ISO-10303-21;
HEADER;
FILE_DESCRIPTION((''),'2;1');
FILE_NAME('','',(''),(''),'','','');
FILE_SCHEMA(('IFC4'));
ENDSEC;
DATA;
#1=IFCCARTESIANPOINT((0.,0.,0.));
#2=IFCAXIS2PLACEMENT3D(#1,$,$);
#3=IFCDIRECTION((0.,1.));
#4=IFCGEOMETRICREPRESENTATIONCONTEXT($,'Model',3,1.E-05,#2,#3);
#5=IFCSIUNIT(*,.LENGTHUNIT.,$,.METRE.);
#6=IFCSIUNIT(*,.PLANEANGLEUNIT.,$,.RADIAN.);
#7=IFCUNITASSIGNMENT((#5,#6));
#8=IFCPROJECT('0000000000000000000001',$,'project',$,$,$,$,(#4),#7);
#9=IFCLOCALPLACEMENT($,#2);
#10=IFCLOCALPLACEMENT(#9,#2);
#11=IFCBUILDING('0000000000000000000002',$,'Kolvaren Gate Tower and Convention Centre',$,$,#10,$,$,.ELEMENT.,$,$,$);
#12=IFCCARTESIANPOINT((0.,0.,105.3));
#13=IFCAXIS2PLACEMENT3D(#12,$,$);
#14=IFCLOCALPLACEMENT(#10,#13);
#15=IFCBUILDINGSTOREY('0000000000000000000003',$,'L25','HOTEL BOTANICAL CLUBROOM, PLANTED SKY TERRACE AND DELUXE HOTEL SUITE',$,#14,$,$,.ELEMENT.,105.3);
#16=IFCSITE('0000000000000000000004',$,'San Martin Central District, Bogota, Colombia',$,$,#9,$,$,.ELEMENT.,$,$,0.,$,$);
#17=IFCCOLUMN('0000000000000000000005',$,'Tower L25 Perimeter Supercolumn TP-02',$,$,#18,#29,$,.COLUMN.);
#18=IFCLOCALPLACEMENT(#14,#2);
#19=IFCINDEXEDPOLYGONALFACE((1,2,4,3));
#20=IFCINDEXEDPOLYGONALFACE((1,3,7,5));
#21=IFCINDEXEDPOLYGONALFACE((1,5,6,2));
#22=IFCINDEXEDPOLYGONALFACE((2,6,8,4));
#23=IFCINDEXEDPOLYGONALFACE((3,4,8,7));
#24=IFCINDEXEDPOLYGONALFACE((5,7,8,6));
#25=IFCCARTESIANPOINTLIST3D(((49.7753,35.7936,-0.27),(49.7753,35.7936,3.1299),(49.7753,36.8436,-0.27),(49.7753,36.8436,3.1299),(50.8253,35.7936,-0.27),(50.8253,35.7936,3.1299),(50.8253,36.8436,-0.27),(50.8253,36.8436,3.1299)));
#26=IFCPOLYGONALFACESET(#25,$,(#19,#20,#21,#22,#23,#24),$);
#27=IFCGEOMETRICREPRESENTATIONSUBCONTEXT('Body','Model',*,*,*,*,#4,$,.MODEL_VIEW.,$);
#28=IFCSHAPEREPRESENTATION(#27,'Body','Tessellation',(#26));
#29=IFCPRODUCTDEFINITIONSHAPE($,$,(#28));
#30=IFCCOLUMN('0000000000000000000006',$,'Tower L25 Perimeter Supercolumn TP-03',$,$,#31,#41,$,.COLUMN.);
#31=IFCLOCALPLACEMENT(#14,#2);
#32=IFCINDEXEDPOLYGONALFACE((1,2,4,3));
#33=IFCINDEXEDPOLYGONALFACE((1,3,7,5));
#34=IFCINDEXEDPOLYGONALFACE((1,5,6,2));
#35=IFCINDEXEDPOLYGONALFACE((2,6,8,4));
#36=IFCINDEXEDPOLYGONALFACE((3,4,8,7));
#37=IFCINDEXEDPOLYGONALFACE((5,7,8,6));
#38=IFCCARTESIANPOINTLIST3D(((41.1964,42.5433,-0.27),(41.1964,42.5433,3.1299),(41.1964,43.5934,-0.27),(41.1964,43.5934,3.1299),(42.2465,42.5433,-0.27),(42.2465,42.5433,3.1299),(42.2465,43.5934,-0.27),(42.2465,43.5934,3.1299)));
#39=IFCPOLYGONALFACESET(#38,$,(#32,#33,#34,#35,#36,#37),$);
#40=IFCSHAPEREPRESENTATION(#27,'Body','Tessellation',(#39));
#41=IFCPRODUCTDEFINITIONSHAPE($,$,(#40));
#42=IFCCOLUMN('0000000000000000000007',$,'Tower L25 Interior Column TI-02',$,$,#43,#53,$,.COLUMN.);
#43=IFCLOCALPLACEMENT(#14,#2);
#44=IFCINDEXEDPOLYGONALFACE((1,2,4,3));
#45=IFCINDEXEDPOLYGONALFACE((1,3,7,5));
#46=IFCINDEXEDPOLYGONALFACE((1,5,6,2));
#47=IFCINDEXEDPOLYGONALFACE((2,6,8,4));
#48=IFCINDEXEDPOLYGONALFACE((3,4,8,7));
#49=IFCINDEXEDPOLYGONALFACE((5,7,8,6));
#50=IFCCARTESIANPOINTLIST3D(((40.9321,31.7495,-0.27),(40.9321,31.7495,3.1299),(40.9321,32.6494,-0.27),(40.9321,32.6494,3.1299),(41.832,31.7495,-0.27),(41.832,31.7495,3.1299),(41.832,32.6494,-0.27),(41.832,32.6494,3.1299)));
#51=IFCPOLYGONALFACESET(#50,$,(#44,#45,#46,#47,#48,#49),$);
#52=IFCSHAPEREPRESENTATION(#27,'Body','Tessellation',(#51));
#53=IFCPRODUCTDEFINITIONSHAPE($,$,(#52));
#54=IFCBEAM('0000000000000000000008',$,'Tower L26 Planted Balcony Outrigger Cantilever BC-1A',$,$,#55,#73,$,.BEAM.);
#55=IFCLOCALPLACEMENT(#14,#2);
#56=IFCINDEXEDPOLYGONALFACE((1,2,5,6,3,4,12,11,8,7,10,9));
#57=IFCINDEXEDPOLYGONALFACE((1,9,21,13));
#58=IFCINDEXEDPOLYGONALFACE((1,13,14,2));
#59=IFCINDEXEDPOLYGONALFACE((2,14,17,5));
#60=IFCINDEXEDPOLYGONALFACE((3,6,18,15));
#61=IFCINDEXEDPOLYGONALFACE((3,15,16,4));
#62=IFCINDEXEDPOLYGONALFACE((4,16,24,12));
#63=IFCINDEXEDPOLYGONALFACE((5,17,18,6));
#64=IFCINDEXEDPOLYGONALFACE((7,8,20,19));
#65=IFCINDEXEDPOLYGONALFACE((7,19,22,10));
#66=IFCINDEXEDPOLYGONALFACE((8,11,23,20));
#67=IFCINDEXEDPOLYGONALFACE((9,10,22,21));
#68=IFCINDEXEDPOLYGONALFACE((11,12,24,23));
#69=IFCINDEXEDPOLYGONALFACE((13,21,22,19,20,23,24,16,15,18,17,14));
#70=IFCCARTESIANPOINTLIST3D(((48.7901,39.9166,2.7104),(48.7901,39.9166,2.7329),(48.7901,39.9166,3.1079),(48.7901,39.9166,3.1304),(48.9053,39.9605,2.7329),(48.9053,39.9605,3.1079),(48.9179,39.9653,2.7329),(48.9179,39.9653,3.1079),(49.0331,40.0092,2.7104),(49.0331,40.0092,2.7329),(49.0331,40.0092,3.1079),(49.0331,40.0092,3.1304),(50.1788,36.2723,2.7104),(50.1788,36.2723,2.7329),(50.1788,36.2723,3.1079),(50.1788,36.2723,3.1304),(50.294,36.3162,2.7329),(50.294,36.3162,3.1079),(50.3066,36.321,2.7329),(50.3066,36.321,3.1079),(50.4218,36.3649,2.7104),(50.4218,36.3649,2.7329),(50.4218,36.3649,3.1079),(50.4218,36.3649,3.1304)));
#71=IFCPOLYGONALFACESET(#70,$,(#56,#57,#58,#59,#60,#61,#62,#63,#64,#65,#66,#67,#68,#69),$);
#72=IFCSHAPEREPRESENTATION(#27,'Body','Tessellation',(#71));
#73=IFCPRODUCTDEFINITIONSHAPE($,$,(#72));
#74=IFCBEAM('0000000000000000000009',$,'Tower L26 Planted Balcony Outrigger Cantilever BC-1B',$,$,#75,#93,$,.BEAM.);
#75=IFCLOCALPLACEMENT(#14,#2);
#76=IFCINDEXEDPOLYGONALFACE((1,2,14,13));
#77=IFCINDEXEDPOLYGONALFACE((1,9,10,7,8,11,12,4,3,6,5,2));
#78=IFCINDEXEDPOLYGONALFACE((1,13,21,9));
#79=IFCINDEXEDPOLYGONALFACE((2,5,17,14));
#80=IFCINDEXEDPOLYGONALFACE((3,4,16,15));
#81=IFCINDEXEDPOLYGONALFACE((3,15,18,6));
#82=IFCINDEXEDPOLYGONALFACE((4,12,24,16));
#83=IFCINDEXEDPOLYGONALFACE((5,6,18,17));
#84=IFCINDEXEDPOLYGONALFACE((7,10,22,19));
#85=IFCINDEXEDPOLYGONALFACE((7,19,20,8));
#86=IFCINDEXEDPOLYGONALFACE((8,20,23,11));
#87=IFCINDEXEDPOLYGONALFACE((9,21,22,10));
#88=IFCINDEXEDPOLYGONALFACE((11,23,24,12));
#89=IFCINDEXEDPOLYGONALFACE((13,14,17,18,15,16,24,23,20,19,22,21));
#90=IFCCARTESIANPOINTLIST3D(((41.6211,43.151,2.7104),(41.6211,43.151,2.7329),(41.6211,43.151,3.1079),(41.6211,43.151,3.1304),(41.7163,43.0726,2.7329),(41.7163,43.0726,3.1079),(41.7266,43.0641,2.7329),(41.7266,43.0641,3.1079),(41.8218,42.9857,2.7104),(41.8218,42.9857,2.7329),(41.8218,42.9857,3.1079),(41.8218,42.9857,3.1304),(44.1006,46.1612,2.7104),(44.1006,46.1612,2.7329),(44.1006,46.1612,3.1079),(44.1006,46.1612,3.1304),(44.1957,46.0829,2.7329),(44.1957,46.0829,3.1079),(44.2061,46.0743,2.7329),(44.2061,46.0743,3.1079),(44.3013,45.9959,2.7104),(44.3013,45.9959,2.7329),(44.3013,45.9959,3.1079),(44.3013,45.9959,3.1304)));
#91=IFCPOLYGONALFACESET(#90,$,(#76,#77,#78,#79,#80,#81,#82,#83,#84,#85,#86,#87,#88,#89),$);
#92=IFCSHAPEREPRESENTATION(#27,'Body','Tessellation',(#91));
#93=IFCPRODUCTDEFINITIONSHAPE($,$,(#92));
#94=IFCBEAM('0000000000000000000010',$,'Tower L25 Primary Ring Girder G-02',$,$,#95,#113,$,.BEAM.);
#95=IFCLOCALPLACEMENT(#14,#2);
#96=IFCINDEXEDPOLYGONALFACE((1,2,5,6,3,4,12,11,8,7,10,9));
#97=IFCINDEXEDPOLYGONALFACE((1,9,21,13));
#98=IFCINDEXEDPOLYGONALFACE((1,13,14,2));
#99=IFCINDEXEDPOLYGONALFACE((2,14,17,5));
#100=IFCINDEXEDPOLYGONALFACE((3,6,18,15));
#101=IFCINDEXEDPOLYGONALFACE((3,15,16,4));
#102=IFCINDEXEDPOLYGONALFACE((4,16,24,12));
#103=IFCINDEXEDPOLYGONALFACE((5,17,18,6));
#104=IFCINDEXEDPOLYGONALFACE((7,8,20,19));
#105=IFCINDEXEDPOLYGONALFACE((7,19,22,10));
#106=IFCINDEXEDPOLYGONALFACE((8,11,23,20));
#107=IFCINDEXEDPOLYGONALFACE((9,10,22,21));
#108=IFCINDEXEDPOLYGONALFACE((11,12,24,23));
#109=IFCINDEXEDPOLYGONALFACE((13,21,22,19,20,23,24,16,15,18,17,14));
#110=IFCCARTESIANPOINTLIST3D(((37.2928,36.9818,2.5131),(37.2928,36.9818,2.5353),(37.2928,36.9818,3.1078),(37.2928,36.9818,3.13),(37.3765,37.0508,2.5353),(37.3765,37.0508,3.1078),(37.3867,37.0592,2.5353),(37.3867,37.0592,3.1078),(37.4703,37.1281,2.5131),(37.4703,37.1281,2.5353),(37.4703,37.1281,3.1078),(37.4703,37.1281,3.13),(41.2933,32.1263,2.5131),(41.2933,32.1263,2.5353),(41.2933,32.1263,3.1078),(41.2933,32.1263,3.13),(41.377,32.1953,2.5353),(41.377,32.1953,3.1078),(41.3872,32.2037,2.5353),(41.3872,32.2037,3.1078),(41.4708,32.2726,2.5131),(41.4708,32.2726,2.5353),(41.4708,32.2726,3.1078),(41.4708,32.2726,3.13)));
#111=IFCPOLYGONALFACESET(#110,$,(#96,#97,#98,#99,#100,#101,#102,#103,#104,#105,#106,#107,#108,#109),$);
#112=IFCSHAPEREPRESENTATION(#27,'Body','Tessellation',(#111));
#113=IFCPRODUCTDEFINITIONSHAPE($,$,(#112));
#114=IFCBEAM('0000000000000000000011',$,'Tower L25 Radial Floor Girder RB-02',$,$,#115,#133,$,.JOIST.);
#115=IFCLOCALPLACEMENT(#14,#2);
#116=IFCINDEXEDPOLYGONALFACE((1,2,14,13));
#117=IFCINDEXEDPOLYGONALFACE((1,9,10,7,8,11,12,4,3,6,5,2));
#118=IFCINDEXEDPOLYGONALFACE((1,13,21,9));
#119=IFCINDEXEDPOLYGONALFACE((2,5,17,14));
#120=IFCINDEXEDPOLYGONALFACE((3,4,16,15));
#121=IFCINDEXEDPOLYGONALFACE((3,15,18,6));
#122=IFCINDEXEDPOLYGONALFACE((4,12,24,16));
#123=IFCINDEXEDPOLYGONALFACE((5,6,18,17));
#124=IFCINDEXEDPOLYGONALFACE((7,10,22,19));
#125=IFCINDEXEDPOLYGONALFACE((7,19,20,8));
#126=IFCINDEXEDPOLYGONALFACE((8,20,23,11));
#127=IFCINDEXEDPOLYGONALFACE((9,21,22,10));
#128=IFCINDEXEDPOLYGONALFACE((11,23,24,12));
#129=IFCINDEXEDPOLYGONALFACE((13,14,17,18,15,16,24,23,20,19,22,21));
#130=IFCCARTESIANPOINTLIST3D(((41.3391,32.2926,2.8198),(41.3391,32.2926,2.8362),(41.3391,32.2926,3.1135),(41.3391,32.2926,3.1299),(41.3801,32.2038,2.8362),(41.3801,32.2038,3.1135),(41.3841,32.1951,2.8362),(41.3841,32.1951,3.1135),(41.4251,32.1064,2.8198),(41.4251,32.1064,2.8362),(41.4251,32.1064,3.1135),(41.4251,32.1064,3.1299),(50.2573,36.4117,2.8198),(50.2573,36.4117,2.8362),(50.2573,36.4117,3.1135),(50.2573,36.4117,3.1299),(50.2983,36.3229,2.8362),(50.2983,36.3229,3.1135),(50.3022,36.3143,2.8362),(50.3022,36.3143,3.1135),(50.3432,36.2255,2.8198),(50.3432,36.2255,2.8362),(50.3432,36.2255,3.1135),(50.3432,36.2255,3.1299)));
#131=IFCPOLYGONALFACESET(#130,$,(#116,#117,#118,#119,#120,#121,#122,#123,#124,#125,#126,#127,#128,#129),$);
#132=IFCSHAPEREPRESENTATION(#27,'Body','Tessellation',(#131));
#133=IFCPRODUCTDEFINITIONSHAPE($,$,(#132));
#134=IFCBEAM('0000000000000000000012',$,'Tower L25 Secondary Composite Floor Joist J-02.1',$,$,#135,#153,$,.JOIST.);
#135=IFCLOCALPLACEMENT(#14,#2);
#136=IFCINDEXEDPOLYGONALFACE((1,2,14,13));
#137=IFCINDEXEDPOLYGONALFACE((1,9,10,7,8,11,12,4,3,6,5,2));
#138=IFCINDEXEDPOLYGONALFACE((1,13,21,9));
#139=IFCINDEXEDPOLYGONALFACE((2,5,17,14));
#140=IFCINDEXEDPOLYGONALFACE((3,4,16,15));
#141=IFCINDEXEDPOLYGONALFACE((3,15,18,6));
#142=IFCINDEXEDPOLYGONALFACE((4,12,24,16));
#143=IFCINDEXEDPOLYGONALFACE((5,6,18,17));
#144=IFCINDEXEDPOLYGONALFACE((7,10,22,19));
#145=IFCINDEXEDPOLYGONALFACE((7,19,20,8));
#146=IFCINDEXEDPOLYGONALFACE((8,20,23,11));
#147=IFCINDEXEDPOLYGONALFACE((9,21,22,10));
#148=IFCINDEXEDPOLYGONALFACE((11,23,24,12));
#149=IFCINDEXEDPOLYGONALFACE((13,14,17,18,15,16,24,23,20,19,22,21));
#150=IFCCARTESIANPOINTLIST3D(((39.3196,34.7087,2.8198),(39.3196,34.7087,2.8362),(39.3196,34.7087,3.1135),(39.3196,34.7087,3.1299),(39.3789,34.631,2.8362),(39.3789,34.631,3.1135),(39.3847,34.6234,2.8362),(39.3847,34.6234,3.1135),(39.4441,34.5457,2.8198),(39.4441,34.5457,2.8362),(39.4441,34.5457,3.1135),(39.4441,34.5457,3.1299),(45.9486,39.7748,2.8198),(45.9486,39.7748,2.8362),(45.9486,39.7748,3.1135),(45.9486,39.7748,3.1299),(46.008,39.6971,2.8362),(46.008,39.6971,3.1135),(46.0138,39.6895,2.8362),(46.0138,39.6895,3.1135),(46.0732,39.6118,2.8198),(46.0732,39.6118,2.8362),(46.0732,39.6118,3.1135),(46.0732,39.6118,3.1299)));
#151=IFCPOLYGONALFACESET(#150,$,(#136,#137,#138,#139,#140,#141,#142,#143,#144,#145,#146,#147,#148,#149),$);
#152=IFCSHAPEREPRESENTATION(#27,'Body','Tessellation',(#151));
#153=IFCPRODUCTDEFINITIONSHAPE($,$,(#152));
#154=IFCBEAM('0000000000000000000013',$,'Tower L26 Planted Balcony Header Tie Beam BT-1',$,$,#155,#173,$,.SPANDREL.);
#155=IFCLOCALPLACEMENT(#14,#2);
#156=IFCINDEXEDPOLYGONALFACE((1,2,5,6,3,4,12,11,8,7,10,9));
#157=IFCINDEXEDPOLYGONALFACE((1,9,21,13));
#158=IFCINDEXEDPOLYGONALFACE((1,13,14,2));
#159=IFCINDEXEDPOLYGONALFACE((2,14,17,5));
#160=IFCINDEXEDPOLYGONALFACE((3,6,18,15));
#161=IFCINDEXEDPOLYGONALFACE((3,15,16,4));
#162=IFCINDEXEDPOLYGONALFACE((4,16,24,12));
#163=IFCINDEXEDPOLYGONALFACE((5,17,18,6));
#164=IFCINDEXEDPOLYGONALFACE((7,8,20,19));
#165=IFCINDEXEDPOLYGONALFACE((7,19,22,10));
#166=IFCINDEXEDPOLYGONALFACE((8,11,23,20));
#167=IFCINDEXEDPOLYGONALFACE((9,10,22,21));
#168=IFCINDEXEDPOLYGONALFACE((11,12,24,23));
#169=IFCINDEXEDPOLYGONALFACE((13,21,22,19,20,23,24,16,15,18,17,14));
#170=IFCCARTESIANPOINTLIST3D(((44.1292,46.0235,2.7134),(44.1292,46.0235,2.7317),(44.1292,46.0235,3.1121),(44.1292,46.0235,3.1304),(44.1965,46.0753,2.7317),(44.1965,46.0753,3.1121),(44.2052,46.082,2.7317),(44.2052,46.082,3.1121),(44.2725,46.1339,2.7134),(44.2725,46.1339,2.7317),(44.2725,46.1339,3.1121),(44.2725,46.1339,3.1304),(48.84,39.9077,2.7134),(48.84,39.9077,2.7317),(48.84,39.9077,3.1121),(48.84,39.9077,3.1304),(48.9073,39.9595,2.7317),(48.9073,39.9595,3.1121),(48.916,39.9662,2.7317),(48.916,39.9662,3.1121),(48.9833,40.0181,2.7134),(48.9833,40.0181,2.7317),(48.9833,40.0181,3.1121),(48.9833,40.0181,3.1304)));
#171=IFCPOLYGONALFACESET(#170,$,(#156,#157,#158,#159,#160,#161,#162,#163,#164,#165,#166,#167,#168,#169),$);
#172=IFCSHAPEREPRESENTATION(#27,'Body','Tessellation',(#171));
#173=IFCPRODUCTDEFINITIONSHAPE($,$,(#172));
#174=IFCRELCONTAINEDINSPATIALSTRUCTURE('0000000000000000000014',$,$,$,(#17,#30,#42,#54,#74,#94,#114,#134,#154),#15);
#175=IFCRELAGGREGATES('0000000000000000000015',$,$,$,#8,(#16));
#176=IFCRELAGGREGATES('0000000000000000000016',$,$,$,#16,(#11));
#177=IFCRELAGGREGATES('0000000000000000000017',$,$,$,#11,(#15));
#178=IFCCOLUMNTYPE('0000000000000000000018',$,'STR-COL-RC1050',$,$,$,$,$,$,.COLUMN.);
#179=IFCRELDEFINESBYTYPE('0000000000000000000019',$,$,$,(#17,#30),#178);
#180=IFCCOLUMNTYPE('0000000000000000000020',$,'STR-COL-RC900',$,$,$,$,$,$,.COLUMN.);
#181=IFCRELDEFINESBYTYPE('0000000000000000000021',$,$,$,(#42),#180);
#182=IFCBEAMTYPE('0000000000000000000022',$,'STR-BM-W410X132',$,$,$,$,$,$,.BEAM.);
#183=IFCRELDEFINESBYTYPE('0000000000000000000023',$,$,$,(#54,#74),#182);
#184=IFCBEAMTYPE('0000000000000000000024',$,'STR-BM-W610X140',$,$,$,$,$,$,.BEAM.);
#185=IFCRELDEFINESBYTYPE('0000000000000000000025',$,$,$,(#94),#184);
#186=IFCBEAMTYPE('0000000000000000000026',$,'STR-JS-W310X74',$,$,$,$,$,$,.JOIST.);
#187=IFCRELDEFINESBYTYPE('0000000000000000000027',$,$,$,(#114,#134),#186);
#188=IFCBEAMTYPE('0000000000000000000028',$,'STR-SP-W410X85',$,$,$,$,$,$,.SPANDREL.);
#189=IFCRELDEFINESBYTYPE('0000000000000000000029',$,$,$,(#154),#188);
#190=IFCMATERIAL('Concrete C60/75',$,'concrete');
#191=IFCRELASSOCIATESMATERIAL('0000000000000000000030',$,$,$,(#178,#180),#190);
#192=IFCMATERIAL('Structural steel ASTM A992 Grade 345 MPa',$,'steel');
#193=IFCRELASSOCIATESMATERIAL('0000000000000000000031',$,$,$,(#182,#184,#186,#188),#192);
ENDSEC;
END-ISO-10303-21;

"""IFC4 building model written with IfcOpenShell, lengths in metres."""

from ifc_helpers import new_model, si_unit, direction, frame, origin, origin_2d, place, context, subcontext, project, spatial, rectangle, i_section, extrude, material, material_profile, profile_set, type_object, element, save


model = new_model("IFC4")

# Units and contexts
model_context = context("Model", 3, precision=1e-05, world=origin(), true_north=direction((0.0, 1.0)))
body_context = subcontext(model_context, "Body", "Model", "MODEL_VIEW")
ifc_project = project(units=[si_unit("LENGTHUNIT", "METRE"), si_unit("PLANEANGLEUNIT", "RADIAN")], contexts=[model_context])

# Site, building, storey
site_placement = place(None, origin())
site = spatial("IfcSite", under=ifc_project, at=site_placement, Name="San Martin Central District, Bogota, Colombia", CompositionType="ELEMENT", RefElevation=0.0)
building_placement = place(site_placement, origin())
building = spatial("IfcBuilding", under=site, at=building_placement, Name="Kolvaren Gate Tower and Convention Centre", CompositionType="ELEMENT")
storey_placement = place(building_placement, frame((0.0, 0.0, 105.3)))
storey = spatial("IfcBuildingStorey", under=building, at=storey_placement, Name="L25", Description="HOTEL BOTANICAL CLUBROOM, PLANTED SKY TERRACE AND DELUXE HOTEL SUITE", CompositionType="ELEMENT", Elevation=105.3)

# Columns
ifc_material_1 = material(Name="Concrete C60/75", Category="concrete")
ifc_material_profile_1 = material_profile(ifc_material_1, rectangle(XDim=1.05, YDim=1.05, at=origin_2d()), Name="RC-COL-1050X1050")
ifc_profile_set_1 = profile_set([ifc_material_profile_1], Name="Concrete C60/75")
column_type_1 = type_object("IfcColumnType", Name="STR-COL-RC1050", PredefinedType="COLUMN", material=ifc_profile_set_1)
for number, where, z_axis, x_axis, name in (
    (1, (50.3003, 36.3186, -0.27), (0.0, 0.0, 1.0), (1.0, 0.0, 0.0), "Tower L25 Perimeter Supercolumn TP-02"),
    (2, (41.7214, 43.0684, -0.27), (0.0, 0.0, 1.0), (1.0, 0.0, 0.0), "Tower L25 Perimeter Supercolumn TP-03"),
):
    element("IfcColumn", number, at=place(storey_placement, frame(where, z_axis=z_axis, x_axis=x_axis)), inside=storey, type_object=column_type_1, Name=name, PredefinedType="COLUMN", context=body_context, shape_type="SweptSolid", body=[
        extrude(rectangle(XDim=1.05, YDim=1.05, at=origin_2d()), origin(), (0.0, 0.0, 1.0), 3.3999),
    ])
ifc_material_profile_2 = material_profile(ifc_material_1, rectangle(XDim=0.8999, YDim=0.8999, at=origin_2d()), Name="RC-COL-900X900")
ifc_profile_set_2 = profile_set([ifc_material_profile_2], Name="Concrete C60/75")
column_type_2 = type_object("IfcColumnType", Name="STR-COL-RC900", PredefinedType="COLUMN", material=ifc_profile_set_2)
column_placement = place(storey_placement, frame((41.3821, 32.1995, -0.27), z_axis=(0.0, 0.0, 1.0), x_axis=(1.0, 0.0, 0.0)))
element("IfcColumn", 3, at=column_placement, inside=storey, type_object=column_type_2, Name="Tower L25 Interior Column TI-02", PredefinedType="COLUMN", context=body_context, shape_type="SweptSolid", body=[
    extrude(rectangle(XDim=0.8999, YDim=0.8999, at=origin_2d()), origin(), (0.0, 0.0, 1.0), 3.3999),
])

# Beams
ifc_material_2 = material(Name="Structural steel ASTM A992 Grade 345 MPa", Category="steel")
ifc_material_profile_3 = material_profile(ifc_material_2, i_section(OverallWidth=0.26, OverallDepth=0.4199, WebThickness=0.0134, FlangeThickness=0.0225, at=origin_2d()), Name="W410X132")
ifc_profile_set_3 = profile_set([ifc_material_profile_3], Name="Structural steel ASTM A992 Grade 345 MPa")
beam_type_1 = type_object("IfcBeamType", Name="STR-BM-W410X132", PredefinedType="BEAM", material=ifc_profile_set_3)
for number, where, z_axis, x_axis, name in (
    (4, (50.3003, 36.3186, 2.9204), (-0.356079, 0.934456, 0.0), (-0.934456, -0.356079, 0.0), "Tower L26 Planted Balcony Outrigger Cantilever BC-1A"),
    (5, (41.7214, 43.0684, 2.9204), (0.635777, 0.771872, 0.0), (-0.771872, 0.635777, 0.0), "Tower L26 Planted Balcony Outrigger Cantilever BC-1B"),
):
    element("IfcBeam", number, at=place(storey_placement, frame(where, z_axis=z_axis, x_axis=x_axis)), inside=storey, type_object=beam_type_1, Name=name, PredefinedType="BEAM", context=body_context, shape_type="SweptSolid", body=[
        extrude(i_section(OverallWidth=0.26, OverallDepth=0.4199, WebThickness=0.0134, FlangeThickness=0.0225, at=origin_2d()), origin(), (0.0, 0.0, 1.0), 3.8999),
    ])
ifc_material_profile_4 = material_profile(ifc_material_2, i_section(OverallWidth=0.23, OverallDepth=0.6169, WebThickness=0.0132, FlangeThickness=0.0222, at=origin_2d()), Name="W610X140")
ifc_profile_set_4 = profile_set([ifc_material_profile_4], Name="Structural steel ASTM A992 Grade 345 MPa")
beam_type_2 = type_object("IfcBeamType", Name="STR-BM-W610X140", PredefinedType="BEAM", material=ifc_profile_set_4)
beam_1_placement = place(storey_placement, frame((41.3821, 32.1995, 2.8215), z_axis=(-0.635884, 0.771785, 0.0), x_axis=(-0.771785, -0.635884, 0.0)))
element("IfcBeam", 6, at=beam_1_placement, inside=storey, type_object=beam_type_2, Name="Tower L25 Primary Ring Girder G-02", PredefinedType="BEAM", context=body_context, shape_type="SweptSolid", body=[
    extrude(i_section(OverallWidth=0.23, OverallDepth=0.6169, WebThickness=0.0132, FlangeThickness=0.0222, at=origin_2d()), origin(), (0.0, 0.0, 1.0), 6.2913),
])
ifc_material_profile_5 = material_profile(ifc_material_2, i_section(OverallWidth=0.2051, OverallDepth=0.3101, WebThickness=0.0095, FlangeThickness=0.0164, at=origin_2d()), Name="W310X74")
ifc_profile_set_5 = profile_set([ifc_material_profile_5], Name="Structural steel ASTM A992 Grade 345 MPa")
beam_type_3 = type_object("IfcBeamType", Name="STR-JS-W310X74", PredefinedType="JOIST", material=ifc_profile_set_5)
beam_2_placement = place(storey_placement, frame((41.3821, 32.1995, 2.9749), z_axis=(0.907842, 0.419313, 0.0), x_axis=(-0.419313, 0.907842, 0.0)))
element("IfcBeam", 7, at=beam_2_placement, inside=storey, type_object=beam_type_3, Name="Tower L25 Radial Floor Girder RB-02", PredefinedType="JOIST", context=body_context, shape_type="SweptSolid", body=[
    extrude(i_section(OverallWidth=0.2051, OverallDepth=0.3101, WebThickness=0.0095, FlangeThickness=0.0164, at=origin_2d()), origin(), (0.0, 0.0, 1.0), 9.8235),
])
beam_3_placement = place(storey_placement, frame((39.3818, 34.6272, 2.9749), z_axis=(0.794542, 0.607209, 0.0), x_axis=(-0.607209, 0.794542, 0.0)))
element("IfcBeam", 8, at=beam_3_placement, inside=storey, type_object=beam_type_3, Name="Tower L25 Secondary Composite Floor Joist J-02.1", PredefinedType="JOIST", context=body_context, shape_type="SweptSolid", body=[
    extrude(i_section(OverallWidth=0.2051, OverallDepth=0.3101, WebThickness=0.0095, FlangeThickness=0.0164, at=origin_2d()), origin(), (0.0, 0.0, 1.0), 8.3433),
])
ifc_material_profile_6 = material_profile(ifc_material_2, i_section(OverallWidth=0.1809, OverallDepth=0.417, WebThickness=0.011, FlangeThickness=0.0183, at=origin_2d()), Name="W410X85")
ifc_profile_set_6 = profile_set([ifc_material_profile_6], Name="Structural steel ASTM A992 Grade 345 MPa")
beam_type_4 = type_object("IfcBeamType", Name="STR-SP-W410X85", PredefinedType="SPANDREL", material=ifc_profile_set_6)
beam_4_placement = place(storey_placement, frame((48.9116, 39.9629, 2.9219), z_axis=(-0.610223, 0.79223, 0.0), x_axis=(-0.79223, -0.610223, 0.0)))
element("IfcBeam", 9, at=beam_4_placement, inside=storey, type_object=beam_type_4, Name="Tower L26 Planted Balcony Header Tie Beam BT-1", PredefinedType="SPANDREL", context=body_context, shape_type="SweptSolid", body=[
    extrude(i_section(OverallWidth=0.1809, OverallDepth=0.417, WebThickness=0.011, FlangeThickness=0.0183, at=origin_2d()), origin(), (0.0, 0.0, 1.0), 7.7197),
])

save(model, "model.ifc")
